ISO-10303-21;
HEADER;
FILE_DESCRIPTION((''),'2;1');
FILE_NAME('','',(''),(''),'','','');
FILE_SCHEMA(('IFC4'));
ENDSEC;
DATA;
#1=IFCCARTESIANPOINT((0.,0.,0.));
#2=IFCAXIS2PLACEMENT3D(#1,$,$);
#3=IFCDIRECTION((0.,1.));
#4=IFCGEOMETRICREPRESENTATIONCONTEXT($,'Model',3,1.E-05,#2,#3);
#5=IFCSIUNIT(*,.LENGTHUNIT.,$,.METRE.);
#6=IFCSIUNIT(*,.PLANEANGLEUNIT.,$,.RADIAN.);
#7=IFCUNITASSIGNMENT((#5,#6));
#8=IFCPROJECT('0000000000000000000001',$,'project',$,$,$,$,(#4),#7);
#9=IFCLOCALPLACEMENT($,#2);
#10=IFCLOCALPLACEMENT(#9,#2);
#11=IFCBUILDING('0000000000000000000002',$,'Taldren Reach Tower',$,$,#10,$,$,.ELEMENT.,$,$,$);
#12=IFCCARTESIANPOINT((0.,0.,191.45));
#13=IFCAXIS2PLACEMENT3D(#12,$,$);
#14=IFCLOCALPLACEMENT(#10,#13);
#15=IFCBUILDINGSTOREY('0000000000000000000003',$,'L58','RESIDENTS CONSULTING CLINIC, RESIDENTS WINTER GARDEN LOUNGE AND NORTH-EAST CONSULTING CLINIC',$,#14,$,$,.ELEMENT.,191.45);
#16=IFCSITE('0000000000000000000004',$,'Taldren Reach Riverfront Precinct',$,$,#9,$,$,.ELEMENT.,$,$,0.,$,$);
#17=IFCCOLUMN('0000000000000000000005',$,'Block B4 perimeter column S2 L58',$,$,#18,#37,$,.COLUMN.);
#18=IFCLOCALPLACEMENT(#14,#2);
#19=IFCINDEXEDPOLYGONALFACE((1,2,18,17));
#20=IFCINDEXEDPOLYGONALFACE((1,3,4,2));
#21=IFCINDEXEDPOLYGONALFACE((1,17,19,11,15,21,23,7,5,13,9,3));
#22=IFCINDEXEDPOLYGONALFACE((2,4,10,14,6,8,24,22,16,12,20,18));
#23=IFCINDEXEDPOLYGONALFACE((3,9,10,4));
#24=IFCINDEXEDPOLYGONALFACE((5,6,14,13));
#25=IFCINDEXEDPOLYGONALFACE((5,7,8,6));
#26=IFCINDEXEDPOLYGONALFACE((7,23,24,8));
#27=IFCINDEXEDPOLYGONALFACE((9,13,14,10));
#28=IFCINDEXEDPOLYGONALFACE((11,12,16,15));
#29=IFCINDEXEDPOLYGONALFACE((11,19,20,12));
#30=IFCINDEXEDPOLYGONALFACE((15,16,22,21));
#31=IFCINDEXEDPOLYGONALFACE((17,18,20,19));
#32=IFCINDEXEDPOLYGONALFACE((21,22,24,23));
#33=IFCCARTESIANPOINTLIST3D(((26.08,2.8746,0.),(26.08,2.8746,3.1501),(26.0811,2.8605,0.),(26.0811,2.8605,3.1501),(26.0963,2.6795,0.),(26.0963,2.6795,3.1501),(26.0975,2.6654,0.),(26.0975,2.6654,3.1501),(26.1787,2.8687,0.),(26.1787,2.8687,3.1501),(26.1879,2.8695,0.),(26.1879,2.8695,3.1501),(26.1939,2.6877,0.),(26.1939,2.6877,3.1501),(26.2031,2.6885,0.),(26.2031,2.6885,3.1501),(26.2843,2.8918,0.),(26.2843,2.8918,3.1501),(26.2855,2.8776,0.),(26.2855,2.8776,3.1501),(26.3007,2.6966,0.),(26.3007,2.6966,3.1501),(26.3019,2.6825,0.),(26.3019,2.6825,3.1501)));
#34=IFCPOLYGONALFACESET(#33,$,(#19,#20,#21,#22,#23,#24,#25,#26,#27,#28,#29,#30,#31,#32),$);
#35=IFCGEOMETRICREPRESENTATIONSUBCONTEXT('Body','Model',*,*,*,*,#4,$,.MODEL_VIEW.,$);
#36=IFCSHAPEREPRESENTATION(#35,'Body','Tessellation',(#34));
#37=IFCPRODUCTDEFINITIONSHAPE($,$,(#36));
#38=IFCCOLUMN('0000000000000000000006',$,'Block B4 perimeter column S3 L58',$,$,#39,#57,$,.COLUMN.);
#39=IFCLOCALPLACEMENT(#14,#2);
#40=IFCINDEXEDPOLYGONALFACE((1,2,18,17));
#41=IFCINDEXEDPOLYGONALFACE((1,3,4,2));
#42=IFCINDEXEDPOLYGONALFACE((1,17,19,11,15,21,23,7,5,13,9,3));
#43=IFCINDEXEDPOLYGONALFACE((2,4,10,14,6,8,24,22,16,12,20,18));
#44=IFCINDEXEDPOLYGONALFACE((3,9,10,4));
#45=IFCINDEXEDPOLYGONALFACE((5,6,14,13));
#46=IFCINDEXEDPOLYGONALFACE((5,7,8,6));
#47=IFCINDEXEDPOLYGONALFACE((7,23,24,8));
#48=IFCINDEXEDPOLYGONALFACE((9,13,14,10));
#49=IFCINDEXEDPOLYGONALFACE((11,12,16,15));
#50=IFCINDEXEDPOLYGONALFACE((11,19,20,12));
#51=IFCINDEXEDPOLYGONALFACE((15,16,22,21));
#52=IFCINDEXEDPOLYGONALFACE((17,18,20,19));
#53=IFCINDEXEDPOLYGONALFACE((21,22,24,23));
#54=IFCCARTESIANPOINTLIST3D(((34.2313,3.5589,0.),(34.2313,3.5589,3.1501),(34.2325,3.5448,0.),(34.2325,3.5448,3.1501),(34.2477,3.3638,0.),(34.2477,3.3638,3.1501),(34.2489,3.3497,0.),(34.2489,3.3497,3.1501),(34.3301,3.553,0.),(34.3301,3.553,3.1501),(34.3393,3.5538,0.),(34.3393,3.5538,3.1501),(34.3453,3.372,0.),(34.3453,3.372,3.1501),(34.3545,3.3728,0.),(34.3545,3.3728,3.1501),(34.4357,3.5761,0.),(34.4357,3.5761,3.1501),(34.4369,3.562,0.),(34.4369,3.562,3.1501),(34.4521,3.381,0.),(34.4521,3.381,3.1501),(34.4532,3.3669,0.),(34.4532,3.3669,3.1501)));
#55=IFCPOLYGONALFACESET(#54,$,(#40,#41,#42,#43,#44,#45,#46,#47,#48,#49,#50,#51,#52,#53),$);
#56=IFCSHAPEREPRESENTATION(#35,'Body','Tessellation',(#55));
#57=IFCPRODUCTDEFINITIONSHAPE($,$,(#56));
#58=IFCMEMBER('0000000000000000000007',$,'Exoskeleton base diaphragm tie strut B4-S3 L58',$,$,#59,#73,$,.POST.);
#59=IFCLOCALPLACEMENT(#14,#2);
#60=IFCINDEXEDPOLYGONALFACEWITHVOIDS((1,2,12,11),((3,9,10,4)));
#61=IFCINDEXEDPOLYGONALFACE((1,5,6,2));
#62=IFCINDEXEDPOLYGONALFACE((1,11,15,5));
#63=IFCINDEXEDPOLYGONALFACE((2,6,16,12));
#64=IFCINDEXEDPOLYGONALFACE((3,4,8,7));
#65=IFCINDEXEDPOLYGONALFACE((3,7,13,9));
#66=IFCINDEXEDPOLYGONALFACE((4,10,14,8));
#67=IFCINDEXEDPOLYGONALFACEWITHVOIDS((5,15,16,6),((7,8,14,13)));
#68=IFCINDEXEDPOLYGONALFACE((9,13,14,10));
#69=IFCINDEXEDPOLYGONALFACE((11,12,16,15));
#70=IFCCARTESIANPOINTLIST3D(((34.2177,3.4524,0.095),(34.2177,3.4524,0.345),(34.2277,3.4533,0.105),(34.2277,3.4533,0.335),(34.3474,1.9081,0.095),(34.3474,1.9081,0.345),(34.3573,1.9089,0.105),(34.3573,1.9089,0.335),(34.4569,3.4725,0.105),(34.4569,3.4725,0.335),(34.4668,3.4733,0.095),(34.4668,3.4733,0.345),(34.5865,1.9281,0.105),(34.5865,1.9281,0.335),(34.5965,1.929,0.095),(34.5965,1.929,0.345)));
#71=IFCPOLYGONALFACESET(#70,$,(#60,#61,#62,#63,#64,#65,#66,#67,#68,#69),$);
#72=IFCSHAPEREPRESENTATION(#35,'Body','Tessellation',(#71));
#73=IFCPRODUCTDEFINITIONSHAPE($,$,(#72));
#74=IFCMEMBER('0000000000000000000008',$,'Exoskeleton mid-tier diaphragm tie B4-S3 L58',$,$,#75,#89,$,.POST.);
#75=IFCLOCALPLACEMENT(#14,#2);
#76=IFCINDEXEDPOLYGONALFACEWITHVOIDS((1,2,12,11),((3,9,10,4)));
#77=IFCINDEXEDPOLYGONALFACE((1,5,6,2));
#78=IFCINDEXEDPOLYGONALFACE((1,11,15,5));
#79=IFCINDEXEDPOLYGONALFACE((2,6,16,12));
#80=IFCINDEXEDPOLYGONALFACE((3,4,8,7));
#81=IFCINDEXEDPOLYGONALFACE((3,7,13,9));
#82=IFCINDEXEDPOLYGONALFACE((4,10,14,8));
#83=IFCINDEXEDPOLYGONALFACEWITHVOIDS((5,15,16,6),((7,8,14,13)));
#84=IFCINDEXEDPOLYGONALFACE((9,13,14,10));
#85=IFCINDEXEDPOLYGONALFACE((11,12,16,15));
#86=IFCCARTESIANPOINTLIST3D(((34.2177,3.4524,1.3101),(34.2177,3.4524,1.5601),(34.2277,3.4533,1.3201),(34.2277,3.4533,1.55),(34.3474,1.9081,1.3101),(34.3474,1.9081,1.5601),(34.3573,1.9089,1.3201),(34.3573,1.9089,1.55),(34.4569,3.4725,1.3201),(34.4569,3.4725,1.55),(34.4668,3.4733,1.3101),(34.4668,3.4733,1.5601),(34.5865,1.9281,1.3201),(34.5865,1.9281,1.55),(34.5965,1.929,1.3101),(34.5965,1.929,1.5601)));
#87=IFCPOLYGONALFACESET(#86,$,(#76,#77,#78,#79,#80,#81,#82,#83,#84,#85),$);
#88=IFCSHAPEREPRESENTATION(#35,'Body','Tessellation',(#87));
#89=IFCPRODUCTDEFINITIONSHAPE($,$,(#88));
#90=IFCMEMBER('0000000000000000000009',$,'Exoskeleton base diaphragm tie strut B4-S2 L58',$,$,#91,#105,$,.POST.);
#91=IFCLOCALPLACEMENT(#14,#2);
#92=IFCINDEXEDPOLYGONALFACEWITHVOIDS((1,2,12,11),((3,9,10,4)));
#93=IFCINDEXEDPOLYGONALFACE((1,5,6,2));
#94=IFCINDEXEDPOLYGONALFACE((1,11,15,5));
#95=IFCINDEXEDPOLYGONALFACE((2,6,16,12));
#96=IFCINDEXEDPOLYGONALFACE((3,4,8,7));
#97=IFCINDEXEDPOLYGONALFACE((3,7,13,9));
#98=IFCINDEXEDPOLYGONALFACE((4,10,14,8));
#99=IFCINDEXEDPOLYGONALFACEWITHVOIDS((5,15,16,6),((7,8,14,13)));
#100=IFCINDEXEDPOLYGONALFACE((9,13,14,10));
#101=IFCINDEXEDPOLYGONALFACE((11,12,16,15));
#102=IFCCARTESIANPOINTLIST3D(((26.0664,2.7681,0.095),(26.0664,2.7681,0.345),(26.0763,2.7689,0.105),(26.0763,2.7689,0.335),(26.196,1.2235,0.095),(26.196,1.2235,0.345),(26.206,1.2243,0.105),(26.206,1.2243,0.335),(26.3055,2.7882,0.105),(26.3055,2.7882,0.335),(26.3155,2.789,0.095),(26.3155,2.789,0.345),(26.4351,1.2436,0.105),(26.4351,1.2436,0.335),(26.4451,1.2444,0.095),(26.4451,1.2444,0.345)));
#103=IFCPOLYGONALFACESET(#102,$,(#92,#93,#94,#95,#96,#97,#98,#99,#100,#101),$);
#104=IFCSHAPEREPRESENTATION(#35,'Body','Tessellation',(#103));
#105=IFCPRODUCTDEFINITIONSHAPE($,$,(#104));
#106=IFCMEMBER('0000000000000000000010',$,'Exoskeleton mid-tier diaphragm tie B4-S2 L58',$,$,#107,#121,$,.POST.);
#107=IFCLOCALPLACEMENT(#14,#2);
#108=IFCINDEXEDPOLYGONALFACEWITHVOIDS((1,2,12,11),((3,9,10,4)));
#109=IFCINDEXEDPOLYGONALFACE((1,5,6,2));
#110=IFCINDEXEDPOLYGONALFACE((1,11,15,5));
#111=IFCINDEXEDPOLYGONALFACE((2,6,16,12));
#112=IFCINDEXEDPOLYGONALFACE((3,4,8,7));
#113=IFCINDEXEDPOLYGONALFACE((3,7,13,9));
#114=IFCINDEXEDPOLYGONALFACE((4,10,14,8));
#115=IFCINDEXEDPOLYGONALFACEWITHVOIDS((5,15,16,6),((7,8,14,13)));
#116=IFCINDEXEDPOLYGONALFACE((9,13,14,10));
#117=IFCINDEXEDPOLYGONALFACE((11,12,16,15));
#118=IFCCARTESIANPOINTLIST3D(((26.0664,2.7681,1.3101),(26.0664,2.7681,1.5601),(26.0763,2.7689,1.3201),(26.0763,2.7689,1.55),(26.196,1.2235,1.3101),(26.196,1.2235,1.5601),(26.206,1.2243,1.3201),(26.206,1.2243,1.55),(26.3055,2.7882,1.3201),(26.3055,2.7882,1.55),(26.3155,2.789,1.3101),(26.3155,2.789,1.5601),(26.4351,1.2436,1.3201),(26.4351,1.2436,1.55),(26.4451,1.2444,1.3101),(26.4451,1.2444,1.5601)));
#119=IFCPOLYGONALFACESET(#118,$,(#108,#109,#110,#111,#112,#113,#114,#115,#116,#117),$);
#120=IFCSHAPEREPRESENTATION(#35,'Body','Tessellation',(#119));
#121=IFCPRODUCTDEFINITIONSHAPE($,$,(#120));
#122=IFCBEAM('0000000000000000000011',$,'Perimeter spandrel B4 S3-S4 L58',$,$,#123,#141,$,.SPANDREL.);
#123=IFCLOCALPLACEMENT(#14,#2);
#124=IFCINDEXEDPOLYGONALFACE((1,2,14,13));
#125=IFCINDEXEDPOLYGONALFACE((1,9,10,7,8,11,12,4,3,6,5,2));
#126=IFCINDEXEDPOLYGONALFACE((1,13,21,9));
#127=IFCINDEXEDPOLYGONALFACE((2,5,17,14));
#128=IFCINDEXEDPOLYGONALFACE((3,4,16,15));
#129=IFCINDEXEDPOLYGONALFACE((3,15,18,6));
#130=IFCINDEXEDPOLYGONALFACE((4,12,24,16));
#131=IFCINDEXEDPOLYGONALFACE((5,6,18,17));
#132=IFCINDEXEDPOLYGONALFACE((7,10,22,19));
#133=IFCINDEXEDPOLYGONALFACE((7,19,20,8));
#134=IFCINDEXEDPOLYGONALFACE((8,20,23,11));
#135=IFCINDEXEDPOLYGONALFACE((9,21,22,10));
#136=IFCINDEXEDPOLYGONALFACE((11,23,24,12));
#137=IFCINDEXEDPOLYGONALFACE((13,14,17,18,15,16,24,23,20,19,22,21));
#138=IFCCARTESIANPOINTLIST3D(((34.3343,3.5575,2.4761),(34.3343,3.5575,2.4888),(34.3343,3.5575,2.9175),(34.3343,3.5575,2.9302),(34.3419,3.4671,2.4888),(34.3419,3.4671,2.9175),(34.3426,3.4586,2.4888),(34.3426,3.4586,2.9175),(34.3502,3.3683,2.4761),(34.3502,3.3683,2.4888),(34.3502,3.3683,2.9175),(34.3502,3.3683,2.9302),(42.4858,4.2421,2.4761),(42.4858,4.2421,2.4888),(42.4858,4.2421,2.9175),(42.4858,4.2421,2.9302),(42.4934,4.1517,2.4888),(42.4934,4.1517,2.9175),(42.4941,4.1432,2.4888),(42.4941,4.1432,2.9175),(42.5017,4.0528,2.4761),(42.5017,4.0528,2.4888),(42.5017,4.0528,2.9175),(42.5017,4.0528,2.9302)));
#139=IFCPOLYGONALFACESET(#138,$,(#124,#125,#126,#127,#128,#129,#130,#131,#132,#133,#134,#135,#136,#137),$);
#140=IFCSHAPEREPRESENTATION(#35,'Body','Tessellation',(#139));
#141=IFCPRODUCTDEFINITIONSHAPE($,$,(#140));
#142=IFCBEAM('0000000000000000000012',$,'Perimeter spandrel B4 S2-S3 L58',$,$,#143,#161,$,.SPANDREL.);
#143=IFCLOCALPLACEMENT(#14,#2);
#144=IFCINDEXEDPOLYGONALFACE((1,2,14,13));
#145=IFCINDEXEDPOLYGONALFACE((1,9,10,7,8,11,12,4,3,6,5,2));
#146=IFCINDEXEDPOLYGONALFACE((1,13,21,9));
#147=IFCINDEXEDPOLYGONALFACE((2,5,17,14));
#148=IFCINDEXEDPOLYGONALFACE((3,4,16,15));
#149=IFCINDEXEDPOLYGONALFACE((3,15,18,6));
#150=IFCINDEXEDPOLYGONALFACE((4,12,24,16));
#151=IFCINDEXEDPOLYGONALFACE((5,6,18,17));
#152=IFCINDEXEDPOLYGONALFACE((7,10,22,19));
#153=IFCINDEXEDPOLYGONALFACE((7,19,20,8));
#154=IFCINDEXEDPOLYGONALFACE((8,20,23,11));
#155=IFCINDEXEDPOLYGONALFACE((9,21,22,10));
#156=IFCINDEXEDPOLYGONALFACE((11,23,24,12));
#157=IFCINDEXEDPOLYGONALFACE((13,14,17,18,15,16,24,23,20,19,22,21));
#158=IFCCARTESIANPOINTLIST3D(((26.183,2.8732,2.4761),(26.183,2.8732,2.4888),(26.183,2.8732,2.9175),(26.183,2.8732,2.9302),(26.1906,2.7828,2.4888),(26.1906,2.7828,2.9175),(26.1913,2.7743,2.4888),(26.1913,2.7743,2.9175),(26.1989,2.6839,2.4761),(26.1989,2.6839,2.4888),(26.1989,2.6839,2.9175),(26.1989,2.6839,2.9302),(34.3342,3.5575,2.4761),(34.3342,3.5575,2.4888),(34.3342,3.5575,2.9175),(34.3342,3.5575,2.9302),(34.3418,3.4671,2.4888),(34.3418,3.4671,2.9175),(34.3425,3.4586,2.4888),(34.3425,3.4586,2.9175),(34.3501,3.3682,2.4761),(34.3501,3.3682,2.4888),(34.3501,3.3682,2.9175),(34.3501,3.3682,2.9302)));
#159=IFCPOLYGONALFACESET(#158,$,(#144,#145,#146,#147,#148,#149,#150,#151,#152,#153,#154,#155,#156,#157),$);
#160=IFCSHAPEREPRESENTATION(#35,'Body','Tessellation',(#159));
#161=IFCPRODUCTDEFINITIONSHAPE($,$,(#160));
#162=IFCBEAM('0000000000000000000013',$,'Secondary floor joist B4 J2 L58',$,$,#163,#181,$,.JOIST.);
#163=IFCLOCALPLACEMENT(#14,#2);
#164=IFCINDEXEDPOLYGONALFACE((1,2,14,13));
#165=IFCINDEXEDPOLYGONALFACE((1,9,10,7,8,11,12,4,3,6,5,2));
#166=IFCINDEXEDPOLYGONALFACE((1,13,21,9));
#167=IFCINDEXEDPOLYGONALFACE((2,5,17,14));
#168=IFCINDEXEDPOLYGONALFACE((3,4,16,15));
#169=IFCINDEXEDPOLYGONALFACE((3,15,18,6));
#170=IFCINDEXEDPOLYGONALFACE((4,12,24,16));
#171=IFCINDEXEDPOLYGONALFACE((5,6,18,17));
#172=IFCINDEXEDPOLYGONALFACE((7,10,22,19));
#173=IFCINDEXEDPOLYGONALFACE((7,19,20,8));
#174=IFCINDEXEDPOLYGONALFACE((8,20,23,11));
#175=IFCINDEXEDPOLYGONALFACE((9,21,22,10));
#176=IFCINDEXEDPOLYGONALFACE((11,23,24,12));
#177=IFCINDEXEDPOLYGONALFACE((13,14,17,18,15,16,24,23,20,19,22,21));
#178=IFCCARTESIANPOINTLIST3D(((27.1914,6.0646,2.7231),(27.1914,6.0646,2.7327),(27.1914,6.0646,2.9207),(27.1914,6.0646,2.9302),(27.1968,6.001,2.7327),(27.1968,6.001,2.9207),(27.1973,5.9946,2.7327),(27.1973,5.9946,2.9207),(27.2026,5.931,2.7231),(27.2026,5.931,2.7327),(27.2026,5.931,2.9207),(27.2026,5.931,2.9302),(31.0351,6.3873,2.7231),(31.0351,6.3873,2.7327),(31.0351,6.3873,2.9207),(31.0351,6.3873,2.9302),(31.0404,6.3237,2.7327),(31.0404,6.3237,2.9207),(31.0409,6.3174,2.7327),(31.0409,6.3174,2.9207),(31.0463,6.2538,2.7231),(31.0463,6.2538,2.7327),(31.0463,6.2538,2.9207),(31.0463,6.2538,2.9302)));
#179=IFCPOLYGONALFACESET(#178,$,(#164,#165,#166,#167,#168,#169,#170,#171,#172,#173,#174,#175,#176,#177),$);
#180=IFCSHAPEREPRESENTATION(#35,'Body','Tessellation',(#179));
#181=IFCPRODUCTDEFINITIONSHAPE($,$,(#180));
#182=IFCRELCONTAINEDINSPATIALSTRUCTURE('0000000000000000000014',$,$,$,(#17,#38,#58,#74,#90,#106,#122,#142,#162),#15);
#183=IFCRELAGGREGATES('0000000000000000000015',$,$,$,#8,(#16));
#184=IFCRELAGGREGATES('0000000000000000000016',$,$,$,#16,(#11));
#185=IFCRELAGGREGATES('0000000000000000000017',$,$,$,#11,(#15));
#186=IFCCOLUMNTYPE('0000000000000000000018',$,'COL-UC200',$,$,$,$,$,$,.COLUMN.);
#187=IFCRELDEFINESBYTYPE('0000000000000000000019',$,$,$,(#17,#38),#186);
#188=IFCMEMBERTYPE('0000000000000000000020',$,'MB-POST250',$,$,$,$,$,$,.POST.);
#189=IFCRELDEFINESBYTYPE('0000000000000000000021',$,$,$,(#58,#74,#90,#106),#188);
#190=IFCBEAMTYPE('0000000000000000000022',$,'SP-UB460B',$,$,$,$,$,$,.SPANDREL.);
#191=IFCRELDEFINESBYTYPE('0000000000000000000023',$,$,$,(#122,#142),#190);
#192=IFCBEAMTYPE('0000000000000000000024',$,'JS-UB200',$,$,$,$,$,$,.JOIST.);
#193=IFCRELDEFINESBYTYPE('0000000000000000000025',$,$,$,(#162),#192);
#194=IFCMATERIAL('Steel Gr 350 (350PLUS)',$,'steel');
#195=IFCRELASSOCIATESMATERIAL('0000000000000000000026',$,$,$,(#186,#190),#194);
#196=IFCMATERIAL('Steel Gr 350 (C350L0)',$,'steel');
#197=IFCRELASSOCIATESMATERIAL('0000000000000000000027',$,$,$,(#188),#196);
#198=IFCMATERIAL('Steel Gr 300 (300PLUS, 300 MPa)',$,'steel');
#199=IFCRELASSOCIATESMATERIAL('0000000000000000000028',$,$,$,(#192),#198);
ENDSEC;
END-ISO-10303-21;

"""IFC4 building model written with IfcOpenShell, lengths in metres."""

from ifc_helpers import new_model, si_unit, direction, frame, origin, origin_2d, place, context, subcontext, project, spatial, hollow_rectangle, i_section, extrude, source, transform, mapped, material, material_profile, profile_set, type_object, element, save


model = new_model("IFC4")

# Units and contexts
model_context = context("Model", 3, precision=1e-05, world=origin(), true_north=direction((0.0, 1.0)))
body_context = subcontext(model_context, "Body", "Model", "MODEL_VIEW")
ifc_project = project(units=[si_unit("LENGTHUNIT", "METRE"), si_unit("PLANEANGLEUNIT", "RADIAN")], contexts=[model_context])

# Site, building, storey
site_placement = place(None, origin())
site = spatial("IfcSite", under=ifc_project, at=site_placement, Name="Taldren Reach Riverfront Precinct", CompositionType="ELEMENT", RefElevation=0.0)
building_placement = place(site_placement, origin())
building = spatial("IfcBuilding", under=site, at=building_placement, Name="Taldren Reach Tower", CompositionType="ELEMENT")
storey_placement = place(building_placement, frame((0.0, 0.0, 191.45)))
storey = spatial("IfcBuildingStorey", under=building, at=storey_placement, Name="L58", Description="RESIDENTS CONSULTING CLINIC, RESIDENTS WINTER GARDEN LOUNGE AND NORTH-EAST CONSULTING CLINIC", CompositionType="ELEMENT", Elevation=191.45)

# Columns
ifc_material_1 = material(Name="Steel Gr 350 (350PLUS)", Category="steel")
ifc_material_profile_1 = material_profile(ifc_material_1, i_section(OverallWidth=0.2051, OverallDepth=0.21, WebThickness=0.0093, FlangeThickness=0.0142, at=origin_2d()), Name="200UC59.5")
ifc_profile_set_1 = profile_set([ifc_material_profile_1], Name="Steel Gr 350 (350PLUS)")
column_type = type_object("IfcColumnType", Name="COL-UC200", PredefinedType="COLUMN", material=ifc_profile_set_1)
shared_shape_1 = source(origin(), body_context, "Body", "SweptSolid", [
    extrude(i_section(OverallWidth=0.2051, OverallDepth=0.21, WebThickness=0.0093, FlangeThickness=0.0142, at=origin_2d()), origin(), (0.0, 0.0, 1.0), 3.1501),
])
for number, where, z_axis, x_axis, name in (
    (1, (26.1909, 2.7786, 0.0), (0.0, 0.0, 1.0), (0.996493, 0.083678, 0.0), "Block B4 perimeter column S2 L58"),
    (2, (34.3423, 3.4629, 0.0), (0.0, 0.0, 1.0), (0.996493, 0.083678, 0.0), "Block B4 perimeter column S3 L58"),
):
    element("IfcColumn", number, at=place(storey_placement, frame(where, z_axis=z_axis, x_axis=x_axis)), inside=storey, type_object=column_type, Name=name, PredefinedType="COLUMN", context=body_context, shape_type="MappedRepresentation", body=[
        mapped(shared_shape_1, transform((0.0, 0.0, 0.0), scale=1.0)),
    ])

# Members
ifc_material_2 = material(Name="Steel Gr 350 (C350L0)", Category="steel")
ifc_material_profile_2 = material_profile(ifc_material_2, hollow_rectangle(XDim=0.25, YDim=0.25, WallThickness=0.01, at=origin_2d()), Name="250x250x10.0SHS")
ifc_profile_set_2 = profile_set([ifc_material_profile_2], Name="Steel Gr 350 (C350L0)")
member_type_1 = type_object("IfcMemberType", Name="MB-POST250", PredefinedType="POST", material=ifc_profile_set_2)
shared_shape_2 = source(origin(), body_context, "Body", "SweptSolid", [
    extrude(hollow_rectangle(XDim=0.25, YDim=0.25, WallThickness=0.01, at=origin_2d()), origin(), (0.0, 0.0, 1.0), 1.5498),
])
for number, where, z_axis, x_axis, name in (
    (3, (34.3423, 3.4629, 0.22), (0.083645, -0.996496, 0.0), (0.996496, 0.083645, 0.0), "Exoskeleton base diaphragm tie strut B4-S3 L58"),
    (4, (34.3423, 3.4629, 1.4351), (0.083645, -0.996496, 0.0), (0.996496, 0.083645, 0.0), "Exoskeleton mid-tier diaphragm tie B4-S3 L58"),
):
    element("IfcMember", number, at=place(storey_placement, frame(where, z_axis=z_axis, x_axis=x_axis)), inside=storey, type_object=member_type_1, Name=name, PredefinedType="POST", context=body_context, shape_type="MappedRepresentation", body=[
        mapped(shared_shape_2, transform((0.0, 0.0, 0.0), scale=1.0)),
    ])
shared_shape_3 = source(origin(), body_context, "Body", "SweptSolid", [
    extrude(hollow_rectangle(XDim=0.25, YDim=0.25, WallThickness=0.01, at=origin_2d()), origin(), (0.0, 0.0, 1.0), 1.55),
])
for number, where, z_axis, x_axis, name in (
    (5, (26.1909, 2.7786, 0.22), (0.083632, -0.996497, 0.0), (0.996497, 0.083632, 0.0), "Exoskeleton base diaphragm tie strut B4-S2 L58"),
    (6, (26.1909, 2.7786, 1.4351), (0.083632, -0.996497, 0.0), (0.996497, 0.083632, 0.0), "Exoskeleton mid-tier diaphragm tie B4-S2 L58"),
):
    element("IfcMember", number, at=place(storey_placement, frame(where, z_axis=z_axis, x_axis=x_axis)), inside=storey, type_object=member_type_1, Name=name, PredefinedType="POST", context=body_context, shape_type="MappedRepresentation", body=[
        mapped(shared_shape_3, transform((0.0, 0.0, 0.0), scale=1.0)),
    ])

# Beams
ifc_material_profile_3 = material_profile(ifc_material_1, i_section(OverallWidth=0.1899, OverallDepth=0.4541, WebThickness=0.0085, FlangeThickness=0.0127, at=origin_2d()), Name="460UB67.1")
ifc_profile_set_3 = profile_set([ifc_material_profile_3], Name="Steel Gr 350 (350PLUS)")
beam_type_1 = type_object("IfcBeamType", Name="SP-UB460B", PredefinedType="SPANDREL", material=ifc_profile_set_3)
shared_shape_4 = source(origin(), body_context, "Body", "SweptSolid", [
    extrude(i_section(OverallWidth=0.1899, OverallDepth=0.4541, WebThickness=0.0085, FlangeThickness=0.0127, at=origin_2d()), origin(), (0.0, 0.0, 1.0), 8.1802),
])
beam_1_placement = place(storey_placement, frame((34.3423, 3.4629, 2.7031), z_axis=(0.996492, 0.083688, 0.0), x_axis=(-0.083688, 0.996492, 0.0)))
element("IfcBeam", 7, at=beam_1_placement, inside=storey, type_object=beam_type_1, Name="Perimeter spandrel B4 S3-S4 L58", PredefinedType="SPANDREL", context=body_context, shape_type="MappedRepresentation", body=[
    mapped(shared_shape_4, transform((0.0, 0.0, 0.0), scale=1.0)),
])
shared_shape_5 = source(origin(), body_context, "Body", "SweptSolid", [
    extrude(i_section(OverallWidth=0.1899, OverallDepth=0.4541, WebThickness=0.0085, FlangeThickness=0.0127, at=origin_2d()), origin(), (0.0, 0.0, 1.0), 8.1799),
])
beam_2_placement = place(storey_placement, frame((26.1909, 2.7786, 2.7031), z_axis=(0.996495, 0.083658, 0.0), x_axis=(-0.083658, 0.996495, 0.0)))
element("IfcBeam", 8, at=beam_2_placement, inside=storey, type_object=beam_type_1, Name="Perimeter spandrel B4 S2-S3 L58", PredefinedType="SPANDREL", context=body_context, shape_type="MappedRepresentation", body=[
    mapped(shared_shape_5, transform((0.0, 0.0, 0.0), scale=1.0)),
])
ifc_material_3 = material(Name="Steel Gr 300 (300PLUS, 300 MPa)", Category="steel")
ifc_material_profile_4 = material_profile(ifc_material_3, i_section(OverallWidth=0.134, OverallDepth=0.207, WebThickness=0.0063, FlangeThickness=0.0095, at=origin_2d()), Name="200UB29.8")
ifc_profile_set_4 = profile_set([ifc_material_profile_4], Name="Steel Gr 300 (300PLUS, 300 MPa)")
beam_type_2 = type_object("IfcBeamType", Name="JS-UB200", PredefinedType="JOIST", material=ifc_profile_set_4)
shared_shape_6 = source(origin(), body_context, "Body", "SweptSolid", [
    extrude(i_section(OverallWidth=0.134, OverallDepth=0.207, WebThickness=0.0063, FlangeThickness=0.0095, at=origin_2d()), origin(), (0.0, 0.0, 1.0), 3.8572),
])
beam_3_placement = place(storey_placement, frame((27.197, 5.9978, 2.8267), z_axis=(0.996493, 0.083674, 0.0), x_axis=(-0.083674, 0.996493, 0.0)))
element("IfcBeam", 9, at=beam_3_placement, inside=storey, type_object=beam_type_2, Name="Secondary floor joist B4 J2 L58", PredefinedType="JOIST", context=body_context, shape_type="MappedRepresentation", body=[
    mapped(shared_shape_6, transform((0.0, 0.0, 0.0), scale=1.0)),
])

save(model, "model.ifc")
